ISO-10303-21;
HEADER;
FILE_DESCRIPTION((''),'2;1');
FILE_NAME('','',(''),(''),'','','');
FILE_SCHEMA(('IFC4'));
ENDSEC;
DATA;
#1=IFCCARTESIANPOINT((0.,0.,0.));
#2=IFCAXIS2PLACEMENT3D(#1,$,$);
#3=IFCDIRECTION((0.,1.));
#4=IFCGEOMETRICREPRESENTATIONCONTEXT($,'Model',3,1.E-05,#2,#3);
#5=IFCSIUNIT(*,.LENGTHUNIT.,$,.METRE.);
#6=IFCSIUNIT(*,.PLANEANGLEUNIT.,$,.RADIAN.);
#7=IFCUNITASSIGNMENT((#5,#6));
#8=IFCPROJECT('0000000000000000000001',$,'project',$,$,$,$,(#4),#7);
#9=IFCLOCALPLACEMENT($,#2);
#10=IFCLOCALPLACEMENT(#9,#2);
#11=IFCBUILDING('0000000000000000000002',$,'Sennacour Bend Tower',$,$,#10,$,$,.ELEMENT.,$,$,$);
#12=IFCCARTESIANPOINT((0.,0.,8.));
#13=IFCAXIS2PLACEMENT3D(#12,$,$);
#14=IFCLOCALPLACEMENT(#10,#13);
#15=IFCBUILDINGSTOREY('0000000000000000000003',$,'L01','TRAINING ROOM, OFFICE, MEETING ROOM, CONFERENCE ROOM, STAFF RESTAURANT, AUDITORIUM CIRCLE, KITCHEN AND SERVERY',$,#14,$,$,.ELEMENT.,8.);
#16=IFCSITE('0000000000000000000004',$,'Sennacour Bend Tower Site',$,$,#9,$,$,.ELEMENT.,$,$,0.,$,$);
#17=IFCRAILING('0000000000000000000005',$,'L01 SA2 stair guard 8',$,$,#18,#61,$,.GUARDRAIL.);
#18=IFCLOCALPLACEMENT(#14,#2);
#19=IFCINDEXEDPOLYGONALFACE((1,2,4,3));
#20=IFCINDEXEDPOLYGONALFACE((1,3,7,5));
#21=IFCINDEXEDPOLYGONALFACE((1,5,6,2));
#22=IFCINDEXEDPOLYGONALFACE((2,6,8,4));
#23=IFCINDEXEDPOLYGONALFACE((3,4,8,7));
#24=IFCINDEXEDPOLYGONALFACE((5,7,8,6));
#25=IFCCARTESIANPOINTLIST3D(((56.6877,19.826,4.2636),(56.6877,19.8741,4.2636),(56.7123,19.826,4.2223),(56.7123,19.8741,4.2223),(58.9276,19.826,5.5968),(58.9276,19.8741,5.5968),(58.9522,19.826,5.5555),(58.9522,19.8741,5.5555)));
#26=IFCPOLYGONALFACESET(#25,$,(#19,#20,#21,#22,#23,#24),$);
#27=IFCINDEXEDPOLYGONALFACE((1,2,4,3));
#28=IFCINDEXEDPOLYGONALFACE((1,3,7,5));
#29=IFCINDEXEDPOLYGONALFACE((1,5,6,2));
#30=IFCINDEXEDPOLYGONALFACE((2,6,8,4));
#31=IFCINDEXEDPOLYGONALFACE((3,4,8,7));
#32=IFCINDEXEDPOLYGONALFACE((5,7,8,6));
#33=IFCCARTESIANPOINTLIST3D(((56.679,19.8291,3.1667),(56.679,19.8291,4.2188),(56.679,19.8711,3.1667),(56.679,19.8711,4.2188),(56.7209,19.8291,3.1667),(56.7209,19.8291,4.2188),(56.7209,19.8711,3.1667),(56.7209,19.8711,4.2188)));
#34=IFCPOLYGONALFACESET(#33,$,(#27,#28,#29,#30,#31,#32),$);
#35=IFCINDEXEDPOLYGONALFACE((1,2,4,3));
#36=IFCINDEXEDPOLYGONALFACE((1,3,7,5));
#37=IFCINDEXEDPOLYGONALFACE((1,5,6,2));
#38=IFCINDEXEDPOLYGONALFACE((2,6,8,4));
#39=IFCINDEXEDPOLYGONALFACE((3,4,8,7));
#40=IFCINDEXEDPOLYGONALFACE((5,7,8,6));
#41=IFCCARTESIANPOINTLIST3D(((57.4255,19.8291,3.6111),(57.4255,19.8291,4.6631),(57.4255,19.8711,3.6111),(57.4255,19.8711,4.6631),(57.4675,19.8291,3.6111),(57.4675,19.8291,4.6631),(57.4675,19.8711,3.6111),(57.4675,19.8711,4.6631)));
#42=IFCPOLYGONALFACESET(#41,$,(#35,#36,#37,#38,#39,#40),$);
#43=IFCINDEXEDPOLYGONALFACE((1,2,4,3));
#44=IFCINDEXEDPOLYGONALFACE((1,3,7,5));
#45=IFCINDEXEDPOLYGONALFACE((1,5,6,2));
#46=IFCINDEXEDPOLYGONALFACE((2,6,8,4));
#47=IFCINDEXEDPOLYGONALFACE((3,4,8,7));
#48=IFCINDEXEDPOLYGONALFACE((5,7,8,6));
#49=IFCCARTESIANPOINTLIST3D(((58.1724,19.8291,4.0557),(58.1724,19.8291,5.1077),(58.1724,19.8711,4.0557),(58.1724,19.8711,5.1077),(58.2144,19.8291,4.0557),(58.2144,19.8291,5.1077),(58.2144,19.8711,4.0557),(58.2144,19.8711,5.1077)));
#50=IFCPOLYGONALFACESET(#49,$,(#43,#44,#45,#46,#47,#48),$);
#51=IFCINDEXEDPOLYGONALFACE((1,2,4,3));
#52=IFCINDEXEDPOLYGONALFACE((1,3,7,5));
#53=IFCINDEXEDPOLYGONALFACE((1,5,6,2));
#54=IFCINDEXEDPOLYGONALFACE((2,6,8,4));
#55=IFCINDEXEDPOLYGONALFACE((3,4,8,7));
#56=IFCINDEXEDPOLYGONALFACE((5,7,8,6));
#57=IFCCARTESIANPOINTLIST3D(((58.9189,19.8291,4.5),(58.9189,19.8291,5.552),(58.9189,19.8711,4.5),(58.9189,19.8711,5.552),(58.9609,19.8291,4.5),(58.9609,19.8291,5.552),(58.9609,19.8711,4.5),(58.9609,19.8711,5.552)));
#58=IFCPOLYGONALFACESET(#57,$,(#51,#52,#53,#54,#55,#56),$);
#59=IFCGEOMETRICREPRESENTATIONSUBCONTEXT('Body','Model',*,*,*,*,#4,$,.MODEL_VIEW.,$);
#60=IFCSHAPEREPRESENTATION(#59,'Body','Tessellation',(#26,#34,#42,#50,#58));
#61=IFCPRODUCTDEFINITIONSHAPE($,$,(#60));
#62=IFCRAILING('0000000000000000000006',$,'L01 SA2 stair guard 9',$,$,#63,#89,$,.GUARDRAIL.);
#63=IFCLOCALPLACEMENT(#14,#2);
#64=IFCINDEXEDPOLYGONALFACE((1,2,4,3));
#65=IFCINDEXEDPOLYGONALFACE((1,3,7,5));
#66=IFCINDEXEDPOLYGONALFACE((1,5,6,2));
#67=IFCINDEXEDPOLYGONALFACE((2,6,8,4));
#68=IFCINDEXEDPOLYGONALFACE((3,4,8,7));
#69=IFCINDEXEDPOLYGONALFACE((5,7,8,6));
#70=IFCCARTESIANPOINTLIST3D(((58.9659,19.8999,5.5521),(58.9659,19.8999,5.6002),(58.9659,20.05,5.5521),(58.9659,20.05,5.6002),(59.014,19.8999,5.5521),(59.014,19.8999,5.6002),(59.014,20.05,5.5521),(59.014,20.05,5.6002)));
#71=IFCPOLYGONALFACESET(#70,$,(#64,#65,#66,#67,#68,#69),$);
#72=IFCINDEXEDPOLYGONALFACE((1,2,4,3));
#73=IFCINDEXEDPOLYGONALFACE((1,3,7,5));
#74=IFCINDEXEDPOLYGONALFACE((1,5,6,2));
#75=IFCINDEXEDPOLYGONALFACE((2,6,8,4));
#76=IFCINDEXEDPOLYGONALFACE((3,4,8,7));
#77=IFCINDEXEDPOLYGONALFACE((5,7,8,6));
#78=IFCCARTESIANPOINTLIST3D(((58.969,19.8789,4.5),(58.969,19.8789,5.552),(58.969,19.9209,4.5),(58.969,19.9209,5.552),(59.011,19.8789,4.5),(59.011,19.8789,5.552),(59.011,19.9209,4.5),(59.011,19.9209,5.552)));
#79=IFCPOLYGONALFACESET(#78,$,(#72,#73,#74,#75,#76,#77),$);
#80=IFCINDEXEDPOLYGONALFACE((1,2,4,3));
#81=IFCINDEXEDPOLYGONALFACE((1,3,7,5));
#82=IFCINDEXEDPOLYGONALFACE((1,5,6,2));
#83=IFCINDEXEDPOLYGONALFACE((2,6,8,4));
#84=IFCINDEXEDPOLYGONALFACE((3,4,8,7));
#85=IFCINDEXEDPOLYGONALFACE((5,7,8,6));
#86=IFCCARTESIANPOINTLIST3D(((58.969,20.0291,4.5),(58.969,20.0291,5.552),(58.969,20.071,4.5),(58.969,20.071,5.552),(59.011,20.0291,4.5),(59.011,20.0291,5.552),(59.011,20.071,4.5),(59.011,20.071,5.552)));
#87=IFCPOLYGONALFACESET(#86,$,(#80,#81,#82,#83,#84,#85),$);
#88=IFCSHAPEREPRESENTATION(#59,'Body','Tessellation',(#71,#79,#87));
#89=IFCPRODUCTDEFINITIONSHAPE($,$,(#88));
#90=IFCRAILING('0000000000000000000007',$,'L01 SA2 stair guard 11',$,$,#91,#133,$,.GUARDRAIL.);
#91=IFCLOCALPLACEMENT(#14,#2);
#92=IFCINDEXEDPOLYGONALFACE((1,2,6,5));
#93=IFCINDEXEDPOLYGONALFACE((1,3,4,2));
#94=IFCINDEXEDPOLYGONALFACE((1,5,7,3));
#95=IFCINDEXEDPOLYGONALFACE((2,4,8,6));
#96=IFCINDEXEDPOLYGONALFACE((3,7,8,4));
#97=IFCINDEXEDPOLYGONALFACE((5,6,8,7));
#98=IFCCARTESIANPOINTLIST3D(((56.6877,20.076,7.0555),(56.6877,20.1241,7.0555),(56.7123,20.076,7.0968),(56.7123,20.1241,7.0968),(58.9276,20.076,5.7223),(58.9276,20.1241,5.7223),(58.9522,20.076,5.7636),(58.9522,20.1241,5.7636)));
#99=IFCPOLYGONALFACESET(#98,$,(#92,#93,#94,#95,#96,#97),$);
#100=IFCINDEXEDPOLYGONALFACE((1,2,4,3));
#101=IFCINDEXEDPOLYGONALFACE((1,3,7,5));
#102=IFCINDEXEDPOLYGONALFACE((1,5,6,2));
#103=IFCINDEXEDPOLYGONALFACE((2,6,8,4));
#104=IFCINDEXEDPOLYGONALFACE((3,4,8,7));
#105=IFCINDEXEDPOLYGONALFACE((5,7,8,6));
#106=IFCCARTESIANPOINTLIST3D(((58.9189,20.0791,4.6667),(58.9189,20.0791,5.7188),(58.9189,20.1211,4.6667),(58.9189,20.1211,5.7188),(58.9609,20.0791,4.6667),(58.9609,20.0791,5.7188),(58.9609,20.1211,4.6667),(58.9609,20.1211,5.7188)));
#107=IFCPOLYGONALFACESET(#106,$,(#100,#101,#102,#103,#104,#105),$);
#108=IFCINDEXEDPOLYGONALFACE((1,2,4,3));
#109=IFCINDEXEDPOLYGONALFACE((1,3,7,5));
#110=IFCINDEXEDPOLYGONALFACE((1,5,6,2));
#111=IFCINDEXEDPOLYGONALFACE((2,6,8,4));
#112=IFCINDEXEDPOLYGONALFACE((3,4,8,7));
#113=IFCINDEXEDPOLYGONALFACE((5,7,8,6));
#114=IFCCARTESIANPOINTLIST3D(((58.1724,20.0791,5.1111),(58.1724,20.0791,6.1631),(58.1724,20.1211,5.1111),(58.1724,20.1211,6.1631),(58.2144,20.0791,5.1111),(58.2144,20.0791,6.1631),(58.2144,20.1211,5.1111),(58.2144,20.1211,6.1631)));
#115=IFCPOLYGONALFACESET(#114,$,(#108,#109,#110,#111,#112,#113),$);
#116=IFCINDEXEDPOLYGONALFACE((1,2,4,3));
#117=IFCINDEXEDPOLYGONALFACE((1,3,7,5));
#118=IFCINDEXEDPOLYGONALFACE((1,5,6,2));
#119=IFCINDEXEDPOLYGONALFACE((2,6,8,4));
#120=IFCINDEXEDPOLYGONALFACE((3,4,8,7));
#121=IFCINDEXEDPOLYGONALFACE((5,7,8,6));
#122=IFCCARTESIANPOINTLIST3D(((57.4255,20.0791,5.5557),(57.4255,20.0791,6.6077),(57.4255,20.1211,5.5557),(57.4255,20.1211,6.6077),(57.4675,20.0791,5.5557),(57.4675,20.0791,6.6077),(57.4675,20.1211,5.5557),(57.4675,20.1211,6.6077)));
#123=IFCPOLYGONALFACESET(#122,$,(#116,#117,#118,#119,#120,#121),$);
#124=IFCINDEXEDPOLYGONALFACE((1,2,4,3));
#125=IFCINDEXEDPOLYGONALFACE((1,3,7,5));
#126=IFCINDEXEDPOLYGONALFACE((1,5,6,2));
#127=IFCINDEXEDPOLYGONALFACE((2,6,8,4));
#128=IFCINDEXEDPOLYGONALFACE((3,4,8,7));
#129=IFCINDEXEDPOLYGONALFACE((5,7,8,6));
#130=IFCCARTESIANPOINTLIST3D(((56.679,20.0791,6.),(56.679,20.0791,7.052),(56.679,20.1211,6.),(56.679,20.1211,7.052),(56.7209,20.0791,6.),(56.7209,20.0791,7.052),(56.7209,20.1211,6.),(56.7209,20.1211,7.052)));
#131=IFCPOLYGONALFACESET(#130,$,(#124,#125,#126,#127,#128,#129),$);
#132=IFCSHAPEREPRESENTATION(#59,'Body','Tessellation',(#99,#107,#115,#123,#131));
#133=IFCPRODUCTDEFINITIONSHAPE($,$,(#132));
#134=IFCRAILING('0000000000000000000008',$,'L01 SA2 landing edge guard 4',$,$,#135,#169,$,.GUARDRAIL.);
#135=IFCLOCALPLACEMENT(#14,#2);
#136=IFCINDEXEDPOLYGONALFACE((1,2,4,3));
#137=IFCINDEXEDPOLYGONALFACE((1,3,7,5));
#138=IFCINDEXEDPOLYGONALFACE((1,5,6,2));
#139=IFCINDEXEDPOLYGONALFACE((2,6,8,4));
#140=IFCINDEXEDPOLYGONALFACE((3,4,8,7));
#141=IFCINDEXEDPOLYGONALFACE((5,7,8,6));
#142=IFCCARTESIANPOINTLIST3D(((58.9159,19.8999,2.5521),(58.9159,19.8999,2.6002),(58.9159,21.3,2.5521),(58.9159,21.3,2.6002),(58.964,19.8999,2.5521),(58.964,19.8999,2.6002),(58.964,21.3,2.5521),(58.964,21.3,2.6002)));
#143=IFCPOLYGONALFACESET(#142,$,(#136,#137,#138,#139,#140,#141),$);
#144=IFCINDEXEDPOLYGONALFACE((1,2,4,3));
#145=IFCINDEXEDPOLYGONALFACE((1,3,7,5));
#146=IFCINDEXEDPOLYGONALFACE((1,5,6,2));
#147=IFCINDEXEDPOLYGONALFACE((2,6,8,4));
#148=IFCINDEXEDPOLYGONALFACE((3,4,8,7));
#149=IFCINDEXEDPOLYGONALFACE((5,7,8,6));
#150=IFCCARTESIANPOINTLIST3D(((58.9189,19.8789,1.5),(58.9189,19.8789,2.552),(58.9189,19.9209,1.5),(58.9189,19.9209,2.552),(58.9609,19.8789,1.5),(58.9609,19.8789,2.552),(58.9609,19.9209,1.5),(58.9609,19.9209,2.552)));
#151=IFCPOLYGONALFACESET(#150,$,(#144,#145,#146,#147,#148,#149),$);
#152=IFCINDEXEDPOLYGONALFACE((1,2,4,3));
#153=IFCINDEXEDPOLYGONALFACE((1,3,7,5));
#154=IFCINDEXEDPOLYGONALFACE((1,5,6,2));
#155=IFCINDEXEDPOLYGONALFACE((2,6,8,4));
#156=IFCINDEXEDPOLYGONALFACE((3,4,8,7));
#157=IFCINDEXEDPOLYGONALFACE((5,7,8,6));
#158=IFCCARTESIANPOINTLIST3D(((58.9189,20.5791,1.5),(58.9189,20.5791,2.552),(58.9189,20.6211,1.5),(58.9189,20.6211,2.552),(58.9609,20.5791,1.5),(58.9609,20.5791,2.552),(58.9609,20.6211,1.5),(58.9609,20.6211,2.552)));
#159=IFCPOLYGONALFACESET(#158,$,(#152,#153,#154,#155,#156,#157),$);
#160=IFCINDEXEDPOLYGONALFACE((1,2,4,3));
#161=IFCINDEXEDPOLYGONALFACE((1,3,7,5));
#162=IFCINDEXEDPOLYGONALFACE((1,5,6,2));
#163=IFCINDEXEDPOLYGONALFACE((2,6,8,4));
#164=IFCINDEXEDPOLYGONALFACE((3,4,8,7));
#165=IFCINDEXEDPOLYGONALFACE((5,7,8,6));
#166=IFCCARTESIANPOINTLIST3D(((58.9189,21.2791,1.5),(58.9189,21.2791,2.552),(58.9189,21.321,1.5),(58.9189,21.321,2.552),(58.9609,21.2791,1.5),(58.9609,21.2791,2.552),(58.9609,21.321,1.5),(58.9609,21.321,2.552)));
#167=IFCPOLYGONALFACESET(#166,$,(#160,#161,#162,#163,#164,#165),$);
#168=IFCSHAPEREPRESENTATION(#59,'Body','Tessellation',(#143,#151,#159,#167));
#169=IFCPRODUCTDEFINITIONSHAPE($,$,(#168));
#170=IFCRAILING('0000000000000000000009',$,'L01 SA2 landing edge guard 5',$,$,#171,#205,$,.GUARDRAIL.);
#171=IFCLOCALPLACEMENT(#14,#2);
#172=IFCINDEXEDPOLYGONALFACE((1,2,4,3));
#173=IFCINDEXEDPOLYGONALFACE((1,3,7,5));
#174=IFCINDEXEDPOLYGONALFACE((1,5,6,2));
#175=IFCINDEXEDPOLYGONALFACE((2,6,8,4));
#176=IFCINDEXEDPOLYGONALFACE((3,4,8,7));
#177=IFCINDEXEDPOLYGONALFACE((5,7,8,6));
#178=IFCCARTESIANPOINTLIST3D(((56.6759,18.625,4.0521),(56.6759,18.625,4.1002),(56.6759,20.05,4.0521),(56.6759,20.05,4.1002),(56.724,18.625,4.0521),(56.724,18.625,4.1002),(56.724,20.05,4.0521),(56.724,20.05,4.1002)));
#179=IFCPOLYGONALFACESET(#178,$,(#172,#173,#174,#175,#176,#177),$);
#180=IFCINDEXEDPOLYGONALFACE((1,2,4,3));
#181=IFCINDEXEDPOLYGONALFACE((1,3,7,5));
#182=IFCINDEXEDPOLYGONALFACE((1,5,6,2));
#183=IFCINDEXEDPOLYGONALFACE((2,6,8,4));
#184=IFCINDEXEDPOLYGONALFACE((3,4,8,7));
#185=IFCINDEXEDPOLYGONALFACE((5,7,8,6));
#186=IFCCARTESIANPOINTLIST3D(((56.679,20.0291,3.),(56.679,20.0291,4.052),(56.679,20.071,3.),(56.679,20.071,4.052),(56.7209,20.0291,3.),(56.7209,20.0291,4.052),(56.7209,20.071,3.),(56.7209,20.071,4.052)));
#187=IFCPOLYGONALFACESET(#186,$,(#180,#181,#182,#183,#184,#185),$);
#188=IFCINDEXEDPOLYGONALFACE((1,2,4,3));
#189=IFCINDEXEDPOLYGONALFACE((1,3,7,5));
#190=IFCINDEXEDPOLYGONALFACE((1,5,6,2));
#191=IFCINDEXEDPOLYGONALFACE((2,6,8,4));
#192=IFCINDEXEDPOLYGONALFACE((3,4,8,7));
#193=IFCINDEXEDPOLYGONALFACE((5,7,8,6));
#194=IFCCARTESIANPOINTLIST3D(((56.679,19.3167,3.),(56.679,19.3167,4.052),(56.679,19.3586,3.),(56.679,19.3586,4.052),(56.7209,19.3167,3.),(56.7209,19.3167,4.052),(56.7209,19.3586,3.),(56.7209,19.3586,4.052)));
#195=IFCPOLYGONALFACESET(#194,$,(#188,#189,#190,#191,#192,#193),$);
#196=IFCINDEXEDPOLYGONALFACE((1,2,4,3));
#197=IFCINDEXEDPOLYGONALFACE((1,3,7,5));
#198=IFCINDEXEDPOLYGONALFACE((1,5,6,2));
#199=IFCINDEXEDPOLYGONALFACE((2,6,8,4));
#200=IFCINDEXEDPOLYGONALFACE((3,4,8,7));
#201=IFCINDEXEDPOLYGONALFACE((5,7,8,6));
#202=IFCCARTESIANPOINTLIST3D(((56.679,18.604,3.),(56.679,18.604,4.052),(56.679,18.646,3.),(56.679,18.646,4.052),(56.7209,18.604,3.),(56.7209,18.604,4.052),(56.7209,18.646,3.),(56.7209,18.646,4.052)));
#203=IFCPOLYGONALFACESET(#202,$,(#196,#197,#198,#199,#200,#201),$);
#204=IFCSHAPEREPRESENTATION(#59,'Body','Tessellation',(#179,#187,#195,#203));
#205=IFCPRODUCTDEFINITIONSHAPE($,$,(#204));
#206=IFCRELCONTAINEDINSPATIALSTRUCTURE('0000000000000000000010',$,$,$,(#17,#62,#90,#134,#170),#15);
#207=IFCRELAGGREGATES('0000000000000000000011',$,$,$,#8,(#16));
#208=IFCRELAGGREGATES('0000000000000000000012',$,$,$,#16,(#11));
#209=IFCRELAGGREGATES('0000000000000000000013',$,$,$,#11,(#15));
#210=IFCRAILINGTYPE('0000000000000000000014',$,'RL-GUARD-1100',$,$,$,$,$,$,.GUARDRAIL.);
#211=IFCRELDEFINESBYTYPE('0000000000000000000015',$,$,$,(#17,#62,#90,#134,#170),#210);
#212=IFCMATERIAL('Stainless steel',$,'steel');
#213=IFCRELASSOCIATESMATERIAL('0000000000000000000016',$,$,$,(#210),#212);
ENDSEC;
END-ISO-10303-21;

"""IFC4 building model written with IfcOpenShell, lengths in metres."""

from ifc_helpers import new_model, si_unit, direction, frame, origin, origin_2d, place, context, subcontext, project, spatial, rectangle, extrude, material, type_object, element, save


model = new_model("IFC4")

# Units and contexts
model_context = context("Model", 3, precision=1e-05, world=origin(), true_north=direction((0.0, 1.0)))
body_context = subcontext(model_context, "Body", "Model", "MODEL_VIEW")
ifc_project = project(units=[si_unit("LENGTHUNIT", "METRE"), si_unit("PLANEANGLEUNIT", "RADIAN")], contexts=[model_context])

# Site, building, storey
site_placement = place(None, origin())
site = spatial("IfcSite", under=ifc_project, at=site_placement, Name="Sennacour Bend Tower Site", CompositionType="ELEMENT", RefElevation=0.0)
building_placement = place(site_placement, origin())
building = spatial("IfcBuilding", under=site, at=building_placement, Name="Sennacour Bend Tower", CompositionType="ELEMENT")
storey_placement = place(building_placement, frame((0.0, 0.0, 8.0)))
storey = spatial("IfcBuildingStorey", under=building, at=storey_placement, Name="L01", Description="TRAINING ROOM, OFFICE, MEETING ROOM, CONFERENCE ROOM, STAFF RESTAURANT, AUDITORIUM CIRCLE, KITCHEN AND SERVERY", CompositionType="ELEMENT", Elevation=8.0)

# Shared definitions
ifc_material_1 = material(Name="Stainless steel", Category="steel")

# Railings
railing_type_1 = type_object("IfcRailingType", Name="RL-GUARD-1100", PredefinedType="GUARDRAIL", material=ifc_material_1)
railing_1_placement = place(storey_placement, frame((56.7, 19.8501, 3.1667)))
element("IfcRailing", 1, at=railing_1_placement, inside=storey, type_object=railing_type_1, Name="L01 SA2 stair guard 8", PredefinedType="GUARDRAIL", context=body_context, shape_type="SweptSolid", body=[
    extrude(rectangle(XDim=0.0481, YDim=0.0481, at=origin_2d()), frame((0.0, 0.0, 1.0762), z_axis=(0.859306, 0.0, 0.511462), x_axis=(0.0, 1.0, 0.0)), (0.0, 0.0, 1.0), 2.6067),
    extrude(rectangle(XDim=0.042, YDim=0.042, at=origin_2d()), origin(), (0.0, 0.0, 1.0), 1.052),
    extrude(rectangle(XDim=0.042, YDim=0.042, at=origin_2d()), frame((0.7466, 0.0, 0.4443)), (0.0, 0.0, 1.0), 1.052),
    extrude(rectangle(XDim=0.042, YDim=0.042, at=origin_2d()), frame((1.4934, 0.0, 0.8889)), (0.0, 0.0, 1.0), 1.052),
    extrude(rectangle(XDim=0.042, YDim=0.042, at=origin_2d()), frame((2.24, 0.0, 1.3333)), (0.0, 0.0, 1.0), 1.052),
])
railing_2_placement = place(storey_placement, frame((58.99, 19.8999, 4.5)))
element("IfcRailing", 2, at=railing_2_placement, inside=storey, type_object=railing_type_1, Name="L01 SA2 stair guard 9", PredefinedType="GUARDRAIL", context=body_context, shape_type="SweptSolid", body=[
    extrude(rectangle(XDim=0.0481, YDim=0.0481, at=origin_2d()), frame((0.0, 0.0, 1.0762), z_axis=(0.0, 1.0, 0.0), x_axis=(-1.0, 0.0, 0.0)), (0.0, 0.0, 1.0), 0.1501),
    extrude(rectangle(XDim=0.042, YDim=0.042, at=origin_2d()), origin(), (0.0, 0.0, 1.0), 1.052),
    extrude(rectangle(XDim=0.042, YDim=0.042, at=origin_2d()), frame((0.0, 0.1501, 0.0)), (0.0, 0.0, 1.0), 1.052),
])
railing_3_placement = place(storey_placement, frame((58.9399, 20.1001, 4.6667)))
element("IfcRailing", 3, at=railing_3_placement, inside=storey, type_object=railing_type_1, Name="L01 SA2 stair guard 11", PredefinedType="GUARDRAIL", context=body_context, shape_type="SweptSolid", body=[
    extrude(rectangle(XDim=0.0481, YDim=0.0481, at=origin_2d()), frame((0.0, 0.0, 1.0762), z_axis=(-0.859306, 0.0, 0.511462), x_axis=(0.0, -1.0, 0.0)), (0.0, 0.0, 1.0), 2.6067),
    extrude(rectangle(XDim=0.042, YDim=0.042, at=origin_2d()), origin(), (0.0, 0.0, 1.0), 1.052),
    extrude(rectangle(XDim=0.042, YDim=0.042, at=origin_2d()), frame((-0.7466, 0.0, 0.4443)), (0.0, 0.0, 1.0), 1.052),
    extrude(rectangle(XDim=0.042, YDim=0.042, at=origin_2d()), frame((-1.4934, 0.0, 0.8889)), (0.0, 0.0, 1.0), 1.052),
    extrude(rectangle(XDim=0.042, YDim=0.042, at=origin_2d()), frame((-2.24, 0.0, 1.3333)), (0.0, 0.0, 1.0), 1.052),
])
railing_4_placement = place(storey_placement, frame((58.9399, 19.8999, 1.5)))
element("IfcRailing", 4, at=railing_4_placement, inside=storey, type_object=railing_type_1, Name="L01 SA2 landing edge guard 4", PredefinedType="GUARDRAIL", context=body_context, shape_type="SweptSolid", body=[
    extrude(rectangle(XDim=0.0481, YDim=0.0481, at=origin_2d()), frame((0.0, 0.0, 1.0762), z_axis=(0.0, 1.0, 0.0), x_axis=(-1.0, 0.0, 0.0)), (0.0, 0.0, 1.0), 1.4001),
    extrude(rectangle(XDim=0.042, YDim=0.042, at=origin_2d()), origin(), (0.0, 0.0, 1.0), 1.052),
    extrude(rectangle(XDim=0.042, YDim=0.042, at=origin_2d()), frame((0.0, 0.7002, 0.0)), (0.0, 0.0, 1.0), 1.052),
    extrude(rectangle(XDim=0.042, YDim=0.042, at=origin_2d()), frame((0.0, 1.4001, 0.0)), (0.0, 0.0, 1.0), 1.052),
])
railing_5_placement = place(storey_placement, frame((56.7, 20.05, 3.0)))
element("IfcRailing", 5, at=railing_5_placement, inside=storey, type_object=railing_type_1, Name="L01 SA2 landing edge guard 5", PredefinedType="GUARDRAIL", context=body_context, shape_type="SweptSolid", body=[
    extrude(rectangle(XDim=0.0481, YDim=0.0481, at=origin_2d()), frame((0.0, 0.0, 1.0762), z_axis=(0.0, -1.0, 0.0), x_axis=(1.0, 0.0, 0.0)), (0.0, 0.0, 1.0), 1.425),
    extrude(rectangle(XDim=0.042, YDim=0.042, at=origin_2d()), origin(), (0.0, 0.0, 1.0), 1.052),
    extrude(rectangle(XDim=0.042, YDim=0.042, at=origin_2d()), frame((0.0, -0.7124, 0.0)), (0.0, 0.0, 1.0), 1.052),
    extrude(rectangle(XDim=0.042, YDim=0.042, at=origin_2d()), frame((0.0, -1.425, 0.0)), (0.0, 0.0, 1.0), 1.052),
])

save(model, "model.ifc")
